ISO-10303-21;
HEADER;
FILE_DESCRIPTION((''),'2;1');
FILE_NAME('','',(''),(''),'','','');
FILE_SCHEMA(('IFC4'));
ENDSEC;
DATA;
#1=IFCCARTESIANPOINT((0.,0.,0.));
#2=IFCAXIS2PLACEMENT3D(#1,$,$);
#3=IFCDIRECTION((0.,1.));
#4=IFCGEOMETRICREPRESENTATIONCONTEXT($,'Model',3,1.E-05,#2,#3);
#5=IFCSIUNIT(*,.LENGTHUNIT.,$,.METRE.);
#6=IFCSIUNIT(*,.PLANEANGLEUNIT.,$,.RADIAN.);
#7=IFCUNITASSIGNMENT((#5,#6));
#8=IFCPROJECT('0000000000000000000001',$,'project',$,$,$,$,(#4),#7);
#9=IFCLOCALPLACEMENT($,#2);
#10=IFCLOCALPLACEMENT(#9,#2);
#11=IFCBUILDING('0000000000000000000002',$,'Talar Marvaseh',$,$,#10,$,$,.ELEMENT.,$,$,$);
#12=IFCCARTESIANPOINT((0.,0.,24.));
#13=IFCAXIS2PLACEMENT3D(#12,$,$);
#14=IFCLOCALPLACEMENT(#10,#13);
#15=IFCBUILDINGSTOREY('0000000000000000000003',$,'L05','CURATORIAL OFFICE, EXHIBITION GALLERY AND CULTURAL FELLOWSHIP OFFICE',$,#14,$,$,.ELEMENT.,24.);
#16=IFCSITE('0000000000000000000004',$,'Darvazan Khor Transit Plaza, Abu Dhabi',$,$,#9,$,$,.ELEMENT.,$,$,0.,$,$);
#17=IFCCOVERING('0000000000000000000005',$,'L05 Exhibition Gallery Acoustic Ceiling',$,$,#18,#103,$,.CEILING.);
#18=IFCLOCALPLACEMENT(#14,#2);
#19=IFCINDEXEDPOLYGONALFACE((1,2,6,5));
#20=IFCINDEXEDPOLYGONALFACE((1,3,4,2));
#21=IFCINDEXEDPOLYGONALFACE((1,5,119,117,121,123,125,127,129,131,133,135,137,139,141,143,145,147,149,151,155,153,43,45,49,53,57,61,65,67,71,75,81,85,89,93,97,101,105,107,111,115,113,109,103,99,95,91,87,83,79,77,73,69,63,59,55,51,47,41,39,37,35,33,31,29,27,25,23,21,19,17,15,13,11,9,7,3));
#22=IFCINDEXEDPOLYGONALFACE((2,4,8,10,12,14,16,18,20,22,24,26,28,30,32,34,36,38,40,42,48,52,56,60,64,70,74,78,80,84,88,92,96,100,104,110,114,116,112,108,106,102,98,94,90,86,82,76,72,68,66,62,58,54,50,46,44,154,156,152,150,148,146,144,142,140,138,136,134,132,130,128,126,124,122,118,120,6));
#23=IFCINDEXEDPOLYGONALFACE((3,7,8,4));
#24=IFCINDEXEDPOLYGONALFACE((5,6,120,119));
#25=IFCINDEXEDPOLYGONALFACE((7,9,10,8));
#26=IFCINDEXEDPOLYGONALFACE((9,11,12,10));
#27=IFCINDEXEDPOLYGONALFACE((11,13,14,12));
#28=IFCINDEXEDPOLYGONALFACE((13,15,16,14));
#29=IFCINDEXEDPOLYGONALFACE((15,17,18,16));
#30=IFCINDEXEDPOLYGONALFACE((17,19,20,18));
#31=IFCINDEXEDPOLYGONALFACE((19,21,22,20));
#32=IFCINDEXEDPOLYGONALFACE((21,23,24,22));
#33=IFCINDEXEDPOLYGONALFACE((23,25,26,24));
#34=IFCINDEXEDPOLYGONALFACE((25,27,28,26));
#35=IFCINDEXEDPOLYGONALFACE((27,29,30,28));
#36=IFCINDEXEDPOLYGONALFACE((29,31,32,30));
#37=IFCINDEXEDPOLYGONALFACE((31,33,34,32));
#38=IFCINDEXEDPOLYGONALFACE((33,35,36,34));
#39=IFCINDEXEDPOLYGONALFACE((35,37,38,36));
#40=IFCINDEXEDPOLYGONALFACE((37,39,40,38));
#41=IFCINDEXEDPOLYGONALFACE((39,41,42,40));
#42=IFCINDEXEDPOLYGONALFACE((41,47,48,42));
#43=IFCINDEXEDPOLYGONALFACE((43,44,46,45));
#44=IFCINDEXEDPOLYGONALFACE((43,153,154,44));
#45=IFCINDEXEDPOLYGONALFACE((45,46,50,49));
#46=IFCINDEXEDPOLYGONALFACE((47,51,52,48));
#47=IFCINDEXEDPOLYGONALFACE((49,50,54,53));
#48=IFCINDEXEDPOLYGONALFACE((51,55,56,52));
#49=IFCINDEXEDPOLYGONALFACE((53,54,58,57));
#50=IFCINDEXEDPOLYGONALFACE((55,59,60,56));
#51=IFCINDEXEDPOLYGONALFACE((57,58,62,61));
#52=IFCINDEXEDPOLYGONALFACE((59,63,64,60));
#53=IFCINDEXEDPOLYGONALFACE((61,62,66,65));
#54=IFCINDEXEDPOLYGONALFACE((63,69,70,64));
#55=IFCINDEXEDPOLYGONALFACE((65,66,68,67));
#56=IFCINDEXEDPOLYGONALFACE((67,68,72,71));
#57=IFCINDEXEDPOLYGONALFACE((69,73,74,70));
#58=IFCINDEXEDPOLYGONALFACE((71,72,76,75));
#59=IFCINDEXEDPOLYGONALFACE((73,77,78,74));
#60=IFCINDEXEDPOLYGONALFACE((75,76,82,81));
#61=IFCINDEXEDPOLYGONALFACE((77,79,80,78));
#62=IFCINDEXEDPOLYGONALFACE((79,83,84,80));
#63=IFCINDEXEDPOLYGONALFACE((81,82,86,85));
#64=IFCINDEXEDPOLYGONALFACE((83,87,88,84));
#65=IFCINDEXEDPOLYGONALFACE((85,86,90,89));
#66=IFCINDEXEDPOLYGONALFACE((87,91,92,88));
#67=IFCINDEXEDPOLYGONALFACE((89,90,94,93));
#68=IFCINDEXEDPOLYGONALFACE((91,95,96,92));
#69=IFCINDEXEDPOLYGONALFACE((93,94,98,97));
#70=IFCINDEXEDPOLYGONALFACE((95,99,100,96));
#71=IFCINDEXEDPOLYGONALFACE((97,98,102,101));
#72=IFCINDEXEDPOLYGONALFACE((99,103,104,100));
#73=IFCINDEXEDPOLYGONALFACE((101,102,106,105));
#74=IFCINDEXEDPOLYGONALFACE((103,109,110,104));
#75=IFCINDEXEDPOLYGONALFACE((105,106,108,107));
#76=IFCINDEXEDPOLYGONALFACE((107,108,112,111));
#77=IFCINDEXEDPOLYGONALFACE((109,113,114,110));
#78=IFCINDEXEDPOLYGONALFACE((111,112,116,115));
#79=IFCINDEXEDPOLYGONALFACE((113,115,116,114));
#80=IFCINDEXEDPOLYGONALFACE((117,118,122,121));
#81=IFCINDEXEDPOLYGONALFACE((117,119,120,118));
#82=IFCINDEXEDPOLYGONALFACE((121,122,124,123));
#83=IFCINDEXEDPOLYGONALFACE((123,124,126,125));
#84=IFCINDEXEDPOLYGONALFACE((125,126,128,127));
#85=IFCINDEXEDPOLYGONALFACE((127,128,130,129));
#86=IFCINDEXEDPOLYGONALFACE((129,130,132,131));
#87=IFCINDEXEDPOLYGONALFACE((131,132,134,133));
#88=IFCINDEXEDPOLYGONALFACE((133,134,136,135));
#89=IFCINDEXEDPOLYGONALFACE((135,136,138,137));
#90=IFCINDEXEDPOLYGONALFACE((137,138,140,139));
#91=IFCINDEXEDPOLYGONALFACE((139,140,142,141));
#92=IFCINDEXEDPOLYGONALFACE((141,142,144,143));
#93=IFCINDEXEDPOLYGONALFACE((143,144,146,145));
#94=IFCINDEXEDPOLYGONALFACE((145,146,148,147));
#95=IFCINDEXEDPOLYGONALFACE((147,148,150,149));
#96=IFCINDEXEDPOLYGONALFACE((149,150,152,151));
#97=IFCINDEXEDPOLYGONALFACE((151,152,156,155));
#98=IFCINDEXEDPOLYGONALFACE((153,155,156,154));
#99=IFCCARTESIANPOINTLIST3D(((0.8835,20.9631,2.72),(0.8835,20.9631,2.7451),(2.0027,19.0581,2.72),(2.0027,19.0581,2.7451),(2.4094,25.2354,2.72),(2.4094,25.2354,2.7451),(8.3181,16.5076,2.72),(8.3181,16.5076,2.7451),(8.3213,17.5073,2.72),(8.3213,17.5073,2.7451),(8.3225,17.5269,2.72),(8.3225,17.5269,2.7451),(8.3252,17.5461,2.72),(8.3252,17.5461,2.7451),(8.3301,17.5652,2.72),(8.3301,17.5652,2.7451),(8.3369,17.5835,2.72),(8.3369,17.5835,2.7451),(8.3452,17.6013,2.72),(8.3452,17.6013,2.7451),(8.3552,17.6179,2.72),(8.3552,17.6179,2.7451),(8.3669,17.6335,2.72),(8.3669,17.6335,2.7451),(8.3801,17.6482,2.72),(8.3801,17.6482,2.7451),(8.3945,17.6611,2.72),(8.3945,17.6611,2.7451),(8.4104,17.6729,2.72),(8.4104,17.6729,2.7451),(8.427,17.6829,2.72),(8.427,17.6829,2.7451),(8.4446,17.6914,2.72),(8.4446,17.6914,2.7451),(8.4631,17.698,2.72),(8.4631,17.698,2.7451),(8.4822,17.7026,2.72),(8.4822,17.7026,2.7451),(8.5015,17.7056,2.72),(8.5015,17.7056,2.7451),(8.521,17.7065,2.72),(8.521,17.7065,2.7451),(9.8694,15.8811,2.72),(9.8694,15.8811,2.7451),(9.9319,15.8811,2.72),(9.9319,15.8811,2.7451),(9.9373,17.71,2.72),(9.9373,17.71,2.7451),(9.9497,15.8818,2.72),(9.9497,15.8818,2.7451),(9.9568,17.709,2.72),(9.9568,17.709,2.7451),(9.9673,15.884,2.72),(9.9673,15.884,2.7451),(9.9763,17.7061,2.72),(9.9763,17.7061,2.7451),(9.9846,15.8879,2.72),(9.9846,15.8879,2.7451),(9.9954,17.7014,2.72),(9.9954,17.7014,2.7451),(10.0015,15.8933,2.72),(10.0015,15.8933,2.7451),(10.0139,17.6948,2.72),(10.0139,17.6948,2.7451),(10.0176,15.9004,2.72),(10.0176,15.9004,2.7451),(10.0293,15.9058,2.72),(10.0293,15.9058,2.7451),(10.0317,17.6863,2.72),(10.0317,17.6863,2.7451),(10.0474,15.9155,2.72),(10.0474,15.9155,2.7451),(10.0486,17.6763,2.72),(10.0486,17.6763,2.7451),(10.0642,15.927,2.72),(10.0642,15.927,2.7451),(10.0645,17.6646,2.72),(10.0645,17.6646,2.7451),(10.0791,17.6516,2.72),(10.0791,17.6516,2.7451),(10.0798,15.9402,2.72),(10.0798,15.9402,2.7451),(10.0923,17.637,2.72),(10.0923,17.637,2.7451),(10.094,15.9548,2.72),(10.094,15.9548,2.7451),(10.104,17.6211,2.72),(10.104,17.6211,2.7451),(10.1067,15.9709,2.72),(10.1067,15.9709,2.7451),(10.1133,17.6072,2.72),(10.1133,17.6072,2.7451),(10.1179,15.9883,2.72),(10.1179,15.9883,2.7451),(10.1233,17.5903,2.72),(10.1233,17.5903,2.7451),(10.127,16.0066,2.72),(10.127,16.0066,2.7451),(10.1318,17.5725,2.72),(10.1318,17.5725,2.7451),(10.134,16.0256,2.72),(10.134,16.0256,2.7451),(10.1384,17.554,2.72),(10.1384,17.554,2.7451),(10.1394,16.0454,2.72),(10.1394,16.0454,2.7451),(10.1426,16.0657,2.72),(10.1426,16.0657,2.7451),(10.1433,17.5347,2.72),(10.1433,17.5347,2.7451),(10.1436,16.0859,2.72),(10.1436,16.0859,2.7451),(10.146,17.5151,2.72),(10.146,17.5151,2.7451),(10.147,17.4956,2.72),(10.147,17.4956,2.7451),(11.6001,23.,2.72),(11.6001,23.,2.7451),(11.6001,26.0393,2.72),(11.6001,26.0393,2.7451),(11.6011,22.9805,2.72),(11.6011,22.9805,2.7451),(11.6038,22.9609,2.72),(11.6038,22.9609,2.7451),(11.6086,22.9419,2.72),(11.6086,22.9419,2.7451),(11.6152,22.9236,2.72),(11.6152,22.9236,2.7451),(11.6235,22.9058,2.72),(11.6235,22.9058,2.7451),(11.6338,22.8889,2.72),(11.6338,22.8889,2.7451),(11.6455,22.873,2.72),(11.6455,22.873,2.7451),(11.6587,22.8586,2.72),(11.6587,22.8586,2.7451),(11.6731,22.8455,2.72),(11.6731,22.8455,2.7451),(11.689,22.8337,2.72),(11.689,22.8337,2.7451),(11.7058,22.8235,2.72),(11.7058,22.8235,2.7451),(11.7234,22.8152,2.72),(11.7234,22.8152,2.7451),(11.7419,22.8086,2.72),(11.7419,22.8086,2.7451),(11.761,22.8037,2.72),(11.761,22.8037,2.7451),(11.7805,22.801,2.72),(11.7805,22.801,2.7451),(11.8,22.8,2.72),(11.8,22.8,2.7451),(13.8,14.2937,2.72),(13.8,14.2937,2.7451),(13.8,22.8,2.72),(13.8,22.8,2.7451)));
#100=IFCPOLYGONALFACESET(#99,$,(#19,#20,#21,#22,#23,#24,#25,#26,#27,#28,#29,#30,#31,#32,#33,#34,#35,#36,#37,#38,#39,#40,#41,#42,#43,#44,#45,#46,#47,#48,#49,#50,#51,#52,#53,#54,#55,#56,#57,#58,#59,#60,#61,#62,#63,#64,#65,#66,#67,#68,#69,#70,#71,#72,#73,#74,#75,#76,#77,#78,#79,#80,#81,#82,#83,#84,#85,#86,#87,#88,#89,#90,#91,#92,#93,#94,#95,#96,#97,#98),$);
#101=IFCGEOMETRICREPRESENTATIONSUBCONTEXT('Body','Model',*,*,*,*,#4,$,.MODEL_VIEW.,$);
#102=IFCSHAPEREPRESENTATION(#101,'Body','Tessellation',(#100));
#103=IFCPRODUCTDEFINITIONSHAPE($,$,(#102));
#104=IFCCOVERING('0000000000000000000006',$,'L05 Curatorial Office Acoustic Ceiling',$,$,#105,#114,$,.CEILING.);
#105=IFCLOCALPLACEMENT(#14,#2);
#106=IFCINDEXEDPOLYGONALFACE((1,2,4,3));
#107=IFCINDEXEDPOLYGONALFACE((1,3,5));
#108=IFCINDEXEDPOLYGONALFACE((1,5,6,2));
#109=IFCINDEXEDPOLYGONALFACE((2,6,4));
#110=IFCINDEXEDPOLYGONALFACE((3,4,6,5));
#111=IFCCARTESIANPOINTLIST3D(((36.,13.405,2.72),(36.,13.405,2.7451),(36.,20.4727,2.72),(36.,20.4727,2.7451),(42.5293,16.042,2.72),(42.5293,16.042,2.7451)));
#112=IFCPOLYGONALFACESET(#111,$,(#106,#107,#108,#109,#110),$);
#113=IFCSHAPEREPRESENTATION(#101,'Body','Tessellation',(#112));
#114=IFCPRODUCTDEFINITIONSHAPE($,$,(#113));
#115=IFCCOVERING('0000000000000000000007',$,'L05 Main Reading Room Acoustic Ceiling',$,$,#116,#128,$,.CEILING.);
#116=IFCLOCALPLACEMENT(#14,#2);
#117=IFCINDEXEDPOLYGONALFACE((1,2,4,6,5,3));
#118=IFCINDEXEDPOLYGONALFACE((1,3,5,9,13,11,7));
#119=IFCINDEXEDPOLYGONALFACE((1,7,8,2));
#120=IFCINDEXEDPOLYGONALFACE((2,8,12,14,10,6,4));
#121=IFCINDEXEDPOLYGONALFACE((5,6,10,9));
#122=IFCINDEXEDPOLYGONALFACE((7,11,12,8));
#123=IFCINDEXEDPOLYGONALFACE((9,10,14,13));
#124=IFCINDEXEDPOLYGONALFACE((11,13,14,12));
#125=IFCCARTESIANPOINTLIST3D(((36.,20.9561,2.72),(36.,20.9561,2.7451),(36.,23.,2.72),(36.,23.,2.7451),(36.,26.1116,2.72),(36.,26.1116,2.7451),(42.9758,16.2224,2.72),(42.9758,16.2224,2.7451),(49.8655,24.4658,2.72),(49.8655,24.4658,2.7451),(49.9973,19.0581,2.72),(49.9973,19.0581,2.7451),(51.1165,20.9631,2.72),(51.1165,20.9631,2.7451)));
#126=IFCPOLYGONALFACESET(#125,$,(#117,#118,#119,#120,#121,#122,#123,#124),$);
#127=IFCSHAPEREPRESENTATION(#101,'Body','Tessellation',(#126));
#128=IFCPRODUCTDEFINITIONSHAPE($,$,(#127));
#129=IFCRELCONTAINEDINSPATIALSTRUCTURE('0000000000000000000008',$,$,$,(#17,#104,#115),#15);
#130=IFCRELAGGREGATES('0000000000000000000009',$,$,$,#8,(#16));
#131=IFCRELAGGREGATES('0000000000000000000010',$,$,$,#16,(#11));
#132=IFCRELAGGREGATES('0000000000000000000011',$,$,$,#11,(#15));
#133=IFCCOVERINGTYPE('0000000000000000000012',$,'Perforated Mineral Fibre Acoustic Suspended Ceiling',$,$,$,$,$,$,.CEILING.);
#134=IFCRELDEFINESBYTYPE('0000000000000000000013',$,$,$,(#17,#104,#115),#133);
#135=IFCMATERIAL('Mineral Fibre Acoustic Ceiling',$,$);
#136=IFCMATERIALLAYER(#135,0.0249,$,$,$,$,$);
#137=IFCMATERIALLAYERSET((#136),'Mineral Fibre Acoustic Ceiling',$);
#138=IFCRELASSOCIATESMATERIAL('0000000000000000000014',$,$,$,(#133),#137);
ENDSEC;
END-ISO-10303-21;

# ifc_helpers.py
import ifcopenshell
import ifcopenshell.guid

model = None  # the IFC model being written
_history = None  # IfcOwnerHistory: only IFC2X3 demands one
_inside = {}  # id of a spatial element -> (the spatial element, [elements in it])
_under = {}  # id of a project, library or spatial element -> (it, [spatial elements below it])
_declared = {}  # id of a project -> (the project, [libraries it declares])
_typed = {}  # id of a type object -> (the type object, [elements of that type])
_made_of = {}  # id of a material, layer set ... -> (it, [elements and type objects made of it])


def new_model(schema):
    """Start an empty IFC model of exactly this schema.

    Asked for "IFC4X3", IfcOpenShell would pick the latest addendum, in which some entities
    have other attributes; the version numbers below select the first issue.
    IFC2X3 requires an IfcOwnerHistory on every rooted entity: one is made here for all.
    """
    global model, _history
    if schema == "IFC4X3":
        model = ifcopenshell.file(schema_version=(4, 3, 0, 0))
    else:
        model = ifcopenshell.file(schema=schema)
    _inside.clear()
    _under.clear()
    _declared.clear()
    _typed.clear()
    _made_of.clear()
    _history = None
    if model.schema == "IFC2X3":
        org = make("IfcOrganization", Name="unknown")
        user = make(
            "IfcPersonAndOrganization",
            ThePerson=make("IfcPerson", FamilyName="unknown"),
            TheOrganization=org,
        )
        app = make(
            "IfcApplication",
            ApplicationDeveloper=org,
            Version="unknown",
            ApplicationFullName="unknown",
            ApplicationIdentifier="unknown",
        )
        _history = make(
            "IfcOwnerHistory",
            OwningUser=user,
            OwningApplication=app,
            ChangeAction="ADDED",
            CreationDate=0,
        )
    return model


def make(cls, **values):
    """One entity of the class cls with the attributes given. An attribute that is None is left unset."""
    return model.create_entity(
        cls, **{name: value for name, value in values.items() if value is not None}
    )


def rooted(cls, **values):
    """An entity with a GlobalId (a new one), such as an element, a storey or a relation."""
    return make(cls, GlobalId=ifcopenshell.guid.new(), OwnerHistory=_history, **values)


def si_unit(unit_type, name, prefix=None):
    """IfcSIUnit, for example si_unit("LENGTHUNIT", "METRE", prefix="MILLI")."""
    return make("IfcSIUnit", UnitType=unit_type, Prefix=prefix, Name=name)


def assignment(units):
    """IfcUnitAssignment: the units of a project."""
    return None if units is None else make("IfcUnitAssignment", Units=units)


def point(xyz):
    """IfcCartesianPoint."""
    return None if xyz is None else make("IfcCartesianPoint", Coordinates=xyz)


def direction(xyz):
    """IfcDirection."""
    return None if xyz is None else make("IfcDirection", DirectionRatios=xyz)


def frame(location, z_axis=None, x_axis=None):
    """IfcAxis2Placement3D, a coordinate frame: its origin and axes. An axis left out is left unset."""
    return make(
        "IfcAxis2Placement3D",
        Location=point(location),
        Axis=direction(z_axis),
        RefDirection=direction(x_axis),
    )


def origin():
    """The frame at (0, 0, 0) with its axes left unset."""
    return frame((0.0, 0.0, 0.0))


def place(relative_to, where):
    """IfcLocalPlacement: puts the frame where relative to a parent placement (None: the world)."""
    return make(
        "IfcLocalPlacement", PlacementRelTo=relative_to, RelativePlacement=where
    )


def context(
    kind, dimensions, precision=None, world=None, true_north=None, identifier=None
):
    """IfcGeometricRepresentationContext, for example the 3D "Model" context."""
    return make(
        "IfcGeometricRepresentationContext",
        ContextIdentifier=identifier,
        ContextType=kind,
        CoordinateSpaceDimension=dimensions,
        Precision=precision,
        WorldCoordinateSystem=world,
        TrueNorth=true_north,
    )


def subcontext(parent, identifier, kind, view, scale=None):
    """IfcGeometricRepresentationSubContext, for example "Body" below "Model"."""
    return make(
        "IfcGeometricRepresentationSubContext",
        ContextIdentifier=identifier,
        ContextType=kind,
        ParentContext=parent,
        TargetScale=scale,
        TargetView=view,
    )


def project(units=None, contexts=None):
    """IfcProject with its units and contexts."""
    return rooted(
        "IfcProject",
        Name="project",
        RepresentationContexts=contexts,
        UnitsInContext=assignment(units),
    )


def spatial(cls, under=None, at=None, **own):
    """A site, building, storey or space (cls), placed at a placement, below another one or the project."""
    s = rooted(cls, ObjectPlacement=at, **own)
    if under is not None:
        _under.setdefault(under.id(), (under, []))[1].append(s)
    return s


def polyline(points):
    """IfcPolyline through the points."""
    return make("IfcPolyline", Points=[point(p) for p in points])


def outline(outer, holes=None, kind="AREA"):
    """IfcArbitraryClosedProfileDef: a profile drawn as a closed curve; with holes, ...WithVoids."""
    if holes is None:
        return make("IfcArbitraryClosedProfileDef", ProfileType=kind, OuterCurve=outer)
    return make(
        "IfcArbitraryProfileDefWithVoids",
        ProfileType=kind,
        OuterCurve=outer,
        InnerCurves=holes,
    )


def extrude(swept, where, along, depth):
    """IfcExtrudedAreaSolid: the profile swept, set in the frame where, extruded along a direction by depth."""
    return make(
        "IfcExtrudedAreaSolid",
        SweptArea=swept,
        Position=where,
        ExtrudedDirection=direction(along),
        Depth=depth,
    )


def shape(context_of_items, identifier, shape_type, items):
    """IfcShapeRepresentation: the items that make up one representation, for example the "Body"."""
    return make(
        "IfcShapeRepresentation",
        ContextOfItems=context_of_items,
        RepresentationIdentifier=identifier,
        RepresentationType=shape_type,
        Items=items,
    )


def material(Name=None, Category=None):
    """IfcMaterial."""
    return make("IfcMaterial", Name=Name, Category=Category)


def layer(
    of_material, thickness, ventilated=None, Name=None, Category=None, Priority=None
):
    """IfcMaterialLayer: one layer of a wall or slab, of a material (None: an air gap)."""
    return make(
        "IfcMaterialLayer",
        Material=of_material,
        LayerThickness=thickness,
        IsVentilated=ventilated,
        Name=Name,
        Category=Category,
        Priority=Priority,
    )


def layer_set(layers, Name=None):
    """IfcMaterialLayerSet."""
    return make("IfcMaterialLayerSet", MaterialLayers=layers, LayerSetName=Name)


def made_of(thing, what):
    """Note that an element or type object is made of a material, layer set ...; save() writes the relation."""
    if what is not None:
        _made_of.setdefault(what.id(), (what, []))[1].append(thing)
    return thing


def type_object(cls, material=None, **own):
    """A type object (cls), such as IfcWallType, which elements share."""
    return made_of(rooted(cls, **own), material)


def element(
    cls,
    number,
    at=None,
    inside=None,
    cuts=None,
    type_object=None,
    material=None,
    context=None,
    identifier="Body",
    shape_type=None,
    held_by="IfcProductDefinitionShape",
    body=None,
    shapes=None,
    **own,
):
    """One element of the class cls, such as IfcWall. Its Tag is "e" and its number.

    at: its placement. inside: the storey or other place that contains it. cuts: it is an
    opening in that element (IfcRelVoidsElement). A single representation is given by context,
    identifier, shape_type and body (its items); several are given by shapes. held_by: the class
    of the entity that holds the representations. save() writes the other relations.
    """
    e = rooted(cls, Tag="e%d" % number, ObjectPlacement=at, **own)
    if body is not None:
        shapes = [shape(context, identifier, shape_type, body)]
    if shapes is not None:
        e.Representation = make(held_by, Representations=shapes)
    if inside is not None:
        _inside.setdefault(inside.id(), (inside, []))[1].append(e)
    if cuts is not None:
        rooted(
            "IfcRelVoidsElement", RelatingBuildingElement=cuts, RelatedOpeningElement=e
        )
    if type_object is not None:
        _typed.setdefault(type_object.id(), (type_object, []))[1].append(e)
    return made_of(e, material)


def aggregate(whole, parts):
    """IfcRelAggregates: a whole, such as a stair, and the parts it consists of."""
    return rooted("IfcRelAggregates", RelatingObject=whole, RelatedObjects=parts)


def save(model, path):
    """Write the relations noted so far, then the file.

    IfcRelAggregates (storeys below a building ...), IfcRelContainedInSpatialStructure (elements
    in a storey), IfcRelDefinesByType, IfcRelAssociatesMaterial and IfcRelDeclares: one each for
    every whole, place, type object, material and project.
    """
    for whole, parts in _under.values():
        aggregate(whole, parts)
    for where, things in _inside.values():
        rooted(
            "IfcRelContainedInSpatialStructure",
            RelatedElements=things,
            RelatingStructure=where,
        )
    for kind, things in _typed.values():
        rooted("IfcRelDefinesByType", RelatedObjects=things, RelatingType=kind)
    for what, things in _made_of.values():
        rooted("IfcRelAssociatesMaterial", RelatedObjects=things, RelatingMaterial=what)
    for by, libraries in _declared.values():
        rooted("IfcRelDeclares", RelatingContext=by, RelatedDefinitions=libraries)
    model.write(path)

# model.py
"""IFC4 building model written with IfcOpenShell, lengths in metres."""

from ifc_helpers import new_model, si_unit, direction, frame, origin, place, context, subcontext, project, spatial, polyline, outline, extrude, material, layer, layer_set, type_object, element, save


model = new_model("IFC4")

# Units and contexts
model_context = context("Model", 3, precision=1e-05, world=origin(), true_north=direction((0.0, 1.0)))
body_context = subcontext(model_context, "Body", "Model", "MODEL_VIEW")
ifc_project = project(units=[si_unit("LENGTHUNIT", "METRE"), si_unit("PLANEANGLEUNIT", "RADIAN")], contexts=[model_context])

# Site, building, storey
site_placement = place(None, origin())
site = spatial("IfcSite", under=ifc_project, at=site_placement, Name="Darvazan Khor Transit Plaza, Abu Dhabi", CompositionType="ELEMENT", RefElevation=0.0)
building_placement = place(site_placement, origin())
building = spatial("IfcBuilding", under=site, at=building_placement, Name="Talar Marvaseh", CompositionType="ELEMENT")
storey_placement = place(building_placement, frame((0.0, 0.0, 24.0)))
storey = spatial("IfcBuildingStorey", under=building, at=storey_placement, Name="L05", Description="CURATORIAL OFFICE, EXHIBITION GALLERY AND CULTURAL FELLOWSHIP OFFICE", CompositionType="ELEMENT", Elevation=24.0)

# Coverings
ifc_material_1 = material(Name="Mineral Fibre Acoustic Ceiling")
ifc_layer_1 = layer(ifc_material_1, 0.0249)
ifc_layer_set_1 = layer_set([ifc_layer_1], Name="Mineral Fibre Acoustic Ceiling")
covering_type_1 = type_object("IfcCoveringType", Name="Perforated Mineral Fibre Acoustic Suspended Ceiling", PredefinedType="CEILING", material=ifc_layer_set_1)
covering_1_placement = place(storey_placement, frame((0.0, 0.0, 2.72)))
element("IfcCovering", 1, at=covering_1_placement, inside=storey, type_object=covering_type_1, Name="L05 Exhibition Gallery Acoustic Ceiling", PredefinedType="CEILING", context=body_context, shape_type="SweptSolid", body=[
    extrude(outline(polyline([(9.9319, 15.8811), (9.9497, 15.8818), (9.9673, 15.884), (9.9846, 15.8879), (10.0015, 15.8933), (10.0176, 15.9004), (10.0293, 15.9058), (10.0474, 15.9155), (10.0642, 15.927), (10.0798, 15.9402), (10.094, 15.9548), (10.1067, 15.9709), (10.1179, 15.9883), (10.127, 16.0066), (10.134, 16.0256), (10.1394, 16.0454), (10.1426, 16.0657), (10.1436, 16.0859), (10.147, 17.4956), (10.146, 17.5151), (10.1433, 17.5347), (10.1384, 17.554), (10.1318, 17.5725), (10.1233, 17.5903), (10.1133, 17.6072), (10.104, 17.6211), (10.0923, 17.637), (10.0791, 17.6516), (10.0645, 17.6646), (10.0486, 17.6763), (10.0317, 17.6863), (10.0139, 17.6948), (9.9954, 17.7014), (9.9763, 17.7061), (9.9568, 17.709), (9.9373, 17.71), (8.521, 17.7065), (8.5015, 17.7056), (8.4822, 17.7026), (8.4631, 17.698), (8.4446, 17.6914), (8.427, 17.6829), (8.4104, 17.6729), (8.3945, 17.6611), (8.3801, 17.6482), (8.3669, 17.6335), (8.3552, 17.6179), (8.3452, 17.6013), (8.3369, 17.5835), (8.3301, 17.5652), (8.3252, 17.5461), (8.3225, 17.5269), (8.3213, 17.5073), (8.3181, 16.5076), (2.0027, 19.0581), (0.8835, 20.9631), (2.4094, 25.2354), (11.6001, 26.0393), (11.6001, 23.0), (11.6011, 22.9805), (11.6038, 22.9609), (11.6086, 22.9419), (11.6152, 22.9236), (11.6235, 22.9058), (11.6338, 22.8889), (11.6455, 22.873), (11.6587, 22.8586), (11.6731, 22.8455), (11.689, 22.8337), (11.7058, 22.8235), (11.7234, 22.8152), (11.7419, 22.8086), (11.761, 22.8037), (11.7805, 22.801), (11.8, 22.8), (13.8, 22.8), (13.8, 14.2937), (9.8694, 15.8811), (9.9319, 15.8811)])), origin(), (0.0, 0.0, 1.0), 0.0251),
])
covering_2_placement = place(storey_placement, frame((0.0, 0.0, 2.72)))
element("IfcCovering", 2, at=covering_2_placement, inside=storey, type_object=covering_type_1, Name="L05 Curatorial Office Acoustic Ceiling", PredefinedType="CEILING", context=body_context, shape_type="SweptSolid", body=[
    extrude(outline(polyline([(36.0, 13.405), (36.0, 20.4727), (42.5293, 16.042), (36.0, 13.405)])), origin(), (0.0, 0.0, 1.0), 0.0251),
])
covering_3_placement = place(storey_placement, frame((0.0, 0.0, 2.72)))
element("IfcCovering", 3, at=covering_3_placement, inside=storey, type_object=covering_type_1, Name="L05 Main Reading Room Acoustic Ceiling", PredefinedType="CEILING", context=body_context, shape_type="SweptSolid", body=[
    extrude(outline(polyline([(36.0, 20.9561), (36.0, 23.0), (36.0, 26.1116), (49.8655, 24.4658), (51.1165, 20.9631), (49.9973, 19.0581), (42.9758, 16.2224), (36.0, 20.9561)])), origin(), (0.0, 0.0, 1.0), 0.0251),
])

save(model, "model.ifc")
